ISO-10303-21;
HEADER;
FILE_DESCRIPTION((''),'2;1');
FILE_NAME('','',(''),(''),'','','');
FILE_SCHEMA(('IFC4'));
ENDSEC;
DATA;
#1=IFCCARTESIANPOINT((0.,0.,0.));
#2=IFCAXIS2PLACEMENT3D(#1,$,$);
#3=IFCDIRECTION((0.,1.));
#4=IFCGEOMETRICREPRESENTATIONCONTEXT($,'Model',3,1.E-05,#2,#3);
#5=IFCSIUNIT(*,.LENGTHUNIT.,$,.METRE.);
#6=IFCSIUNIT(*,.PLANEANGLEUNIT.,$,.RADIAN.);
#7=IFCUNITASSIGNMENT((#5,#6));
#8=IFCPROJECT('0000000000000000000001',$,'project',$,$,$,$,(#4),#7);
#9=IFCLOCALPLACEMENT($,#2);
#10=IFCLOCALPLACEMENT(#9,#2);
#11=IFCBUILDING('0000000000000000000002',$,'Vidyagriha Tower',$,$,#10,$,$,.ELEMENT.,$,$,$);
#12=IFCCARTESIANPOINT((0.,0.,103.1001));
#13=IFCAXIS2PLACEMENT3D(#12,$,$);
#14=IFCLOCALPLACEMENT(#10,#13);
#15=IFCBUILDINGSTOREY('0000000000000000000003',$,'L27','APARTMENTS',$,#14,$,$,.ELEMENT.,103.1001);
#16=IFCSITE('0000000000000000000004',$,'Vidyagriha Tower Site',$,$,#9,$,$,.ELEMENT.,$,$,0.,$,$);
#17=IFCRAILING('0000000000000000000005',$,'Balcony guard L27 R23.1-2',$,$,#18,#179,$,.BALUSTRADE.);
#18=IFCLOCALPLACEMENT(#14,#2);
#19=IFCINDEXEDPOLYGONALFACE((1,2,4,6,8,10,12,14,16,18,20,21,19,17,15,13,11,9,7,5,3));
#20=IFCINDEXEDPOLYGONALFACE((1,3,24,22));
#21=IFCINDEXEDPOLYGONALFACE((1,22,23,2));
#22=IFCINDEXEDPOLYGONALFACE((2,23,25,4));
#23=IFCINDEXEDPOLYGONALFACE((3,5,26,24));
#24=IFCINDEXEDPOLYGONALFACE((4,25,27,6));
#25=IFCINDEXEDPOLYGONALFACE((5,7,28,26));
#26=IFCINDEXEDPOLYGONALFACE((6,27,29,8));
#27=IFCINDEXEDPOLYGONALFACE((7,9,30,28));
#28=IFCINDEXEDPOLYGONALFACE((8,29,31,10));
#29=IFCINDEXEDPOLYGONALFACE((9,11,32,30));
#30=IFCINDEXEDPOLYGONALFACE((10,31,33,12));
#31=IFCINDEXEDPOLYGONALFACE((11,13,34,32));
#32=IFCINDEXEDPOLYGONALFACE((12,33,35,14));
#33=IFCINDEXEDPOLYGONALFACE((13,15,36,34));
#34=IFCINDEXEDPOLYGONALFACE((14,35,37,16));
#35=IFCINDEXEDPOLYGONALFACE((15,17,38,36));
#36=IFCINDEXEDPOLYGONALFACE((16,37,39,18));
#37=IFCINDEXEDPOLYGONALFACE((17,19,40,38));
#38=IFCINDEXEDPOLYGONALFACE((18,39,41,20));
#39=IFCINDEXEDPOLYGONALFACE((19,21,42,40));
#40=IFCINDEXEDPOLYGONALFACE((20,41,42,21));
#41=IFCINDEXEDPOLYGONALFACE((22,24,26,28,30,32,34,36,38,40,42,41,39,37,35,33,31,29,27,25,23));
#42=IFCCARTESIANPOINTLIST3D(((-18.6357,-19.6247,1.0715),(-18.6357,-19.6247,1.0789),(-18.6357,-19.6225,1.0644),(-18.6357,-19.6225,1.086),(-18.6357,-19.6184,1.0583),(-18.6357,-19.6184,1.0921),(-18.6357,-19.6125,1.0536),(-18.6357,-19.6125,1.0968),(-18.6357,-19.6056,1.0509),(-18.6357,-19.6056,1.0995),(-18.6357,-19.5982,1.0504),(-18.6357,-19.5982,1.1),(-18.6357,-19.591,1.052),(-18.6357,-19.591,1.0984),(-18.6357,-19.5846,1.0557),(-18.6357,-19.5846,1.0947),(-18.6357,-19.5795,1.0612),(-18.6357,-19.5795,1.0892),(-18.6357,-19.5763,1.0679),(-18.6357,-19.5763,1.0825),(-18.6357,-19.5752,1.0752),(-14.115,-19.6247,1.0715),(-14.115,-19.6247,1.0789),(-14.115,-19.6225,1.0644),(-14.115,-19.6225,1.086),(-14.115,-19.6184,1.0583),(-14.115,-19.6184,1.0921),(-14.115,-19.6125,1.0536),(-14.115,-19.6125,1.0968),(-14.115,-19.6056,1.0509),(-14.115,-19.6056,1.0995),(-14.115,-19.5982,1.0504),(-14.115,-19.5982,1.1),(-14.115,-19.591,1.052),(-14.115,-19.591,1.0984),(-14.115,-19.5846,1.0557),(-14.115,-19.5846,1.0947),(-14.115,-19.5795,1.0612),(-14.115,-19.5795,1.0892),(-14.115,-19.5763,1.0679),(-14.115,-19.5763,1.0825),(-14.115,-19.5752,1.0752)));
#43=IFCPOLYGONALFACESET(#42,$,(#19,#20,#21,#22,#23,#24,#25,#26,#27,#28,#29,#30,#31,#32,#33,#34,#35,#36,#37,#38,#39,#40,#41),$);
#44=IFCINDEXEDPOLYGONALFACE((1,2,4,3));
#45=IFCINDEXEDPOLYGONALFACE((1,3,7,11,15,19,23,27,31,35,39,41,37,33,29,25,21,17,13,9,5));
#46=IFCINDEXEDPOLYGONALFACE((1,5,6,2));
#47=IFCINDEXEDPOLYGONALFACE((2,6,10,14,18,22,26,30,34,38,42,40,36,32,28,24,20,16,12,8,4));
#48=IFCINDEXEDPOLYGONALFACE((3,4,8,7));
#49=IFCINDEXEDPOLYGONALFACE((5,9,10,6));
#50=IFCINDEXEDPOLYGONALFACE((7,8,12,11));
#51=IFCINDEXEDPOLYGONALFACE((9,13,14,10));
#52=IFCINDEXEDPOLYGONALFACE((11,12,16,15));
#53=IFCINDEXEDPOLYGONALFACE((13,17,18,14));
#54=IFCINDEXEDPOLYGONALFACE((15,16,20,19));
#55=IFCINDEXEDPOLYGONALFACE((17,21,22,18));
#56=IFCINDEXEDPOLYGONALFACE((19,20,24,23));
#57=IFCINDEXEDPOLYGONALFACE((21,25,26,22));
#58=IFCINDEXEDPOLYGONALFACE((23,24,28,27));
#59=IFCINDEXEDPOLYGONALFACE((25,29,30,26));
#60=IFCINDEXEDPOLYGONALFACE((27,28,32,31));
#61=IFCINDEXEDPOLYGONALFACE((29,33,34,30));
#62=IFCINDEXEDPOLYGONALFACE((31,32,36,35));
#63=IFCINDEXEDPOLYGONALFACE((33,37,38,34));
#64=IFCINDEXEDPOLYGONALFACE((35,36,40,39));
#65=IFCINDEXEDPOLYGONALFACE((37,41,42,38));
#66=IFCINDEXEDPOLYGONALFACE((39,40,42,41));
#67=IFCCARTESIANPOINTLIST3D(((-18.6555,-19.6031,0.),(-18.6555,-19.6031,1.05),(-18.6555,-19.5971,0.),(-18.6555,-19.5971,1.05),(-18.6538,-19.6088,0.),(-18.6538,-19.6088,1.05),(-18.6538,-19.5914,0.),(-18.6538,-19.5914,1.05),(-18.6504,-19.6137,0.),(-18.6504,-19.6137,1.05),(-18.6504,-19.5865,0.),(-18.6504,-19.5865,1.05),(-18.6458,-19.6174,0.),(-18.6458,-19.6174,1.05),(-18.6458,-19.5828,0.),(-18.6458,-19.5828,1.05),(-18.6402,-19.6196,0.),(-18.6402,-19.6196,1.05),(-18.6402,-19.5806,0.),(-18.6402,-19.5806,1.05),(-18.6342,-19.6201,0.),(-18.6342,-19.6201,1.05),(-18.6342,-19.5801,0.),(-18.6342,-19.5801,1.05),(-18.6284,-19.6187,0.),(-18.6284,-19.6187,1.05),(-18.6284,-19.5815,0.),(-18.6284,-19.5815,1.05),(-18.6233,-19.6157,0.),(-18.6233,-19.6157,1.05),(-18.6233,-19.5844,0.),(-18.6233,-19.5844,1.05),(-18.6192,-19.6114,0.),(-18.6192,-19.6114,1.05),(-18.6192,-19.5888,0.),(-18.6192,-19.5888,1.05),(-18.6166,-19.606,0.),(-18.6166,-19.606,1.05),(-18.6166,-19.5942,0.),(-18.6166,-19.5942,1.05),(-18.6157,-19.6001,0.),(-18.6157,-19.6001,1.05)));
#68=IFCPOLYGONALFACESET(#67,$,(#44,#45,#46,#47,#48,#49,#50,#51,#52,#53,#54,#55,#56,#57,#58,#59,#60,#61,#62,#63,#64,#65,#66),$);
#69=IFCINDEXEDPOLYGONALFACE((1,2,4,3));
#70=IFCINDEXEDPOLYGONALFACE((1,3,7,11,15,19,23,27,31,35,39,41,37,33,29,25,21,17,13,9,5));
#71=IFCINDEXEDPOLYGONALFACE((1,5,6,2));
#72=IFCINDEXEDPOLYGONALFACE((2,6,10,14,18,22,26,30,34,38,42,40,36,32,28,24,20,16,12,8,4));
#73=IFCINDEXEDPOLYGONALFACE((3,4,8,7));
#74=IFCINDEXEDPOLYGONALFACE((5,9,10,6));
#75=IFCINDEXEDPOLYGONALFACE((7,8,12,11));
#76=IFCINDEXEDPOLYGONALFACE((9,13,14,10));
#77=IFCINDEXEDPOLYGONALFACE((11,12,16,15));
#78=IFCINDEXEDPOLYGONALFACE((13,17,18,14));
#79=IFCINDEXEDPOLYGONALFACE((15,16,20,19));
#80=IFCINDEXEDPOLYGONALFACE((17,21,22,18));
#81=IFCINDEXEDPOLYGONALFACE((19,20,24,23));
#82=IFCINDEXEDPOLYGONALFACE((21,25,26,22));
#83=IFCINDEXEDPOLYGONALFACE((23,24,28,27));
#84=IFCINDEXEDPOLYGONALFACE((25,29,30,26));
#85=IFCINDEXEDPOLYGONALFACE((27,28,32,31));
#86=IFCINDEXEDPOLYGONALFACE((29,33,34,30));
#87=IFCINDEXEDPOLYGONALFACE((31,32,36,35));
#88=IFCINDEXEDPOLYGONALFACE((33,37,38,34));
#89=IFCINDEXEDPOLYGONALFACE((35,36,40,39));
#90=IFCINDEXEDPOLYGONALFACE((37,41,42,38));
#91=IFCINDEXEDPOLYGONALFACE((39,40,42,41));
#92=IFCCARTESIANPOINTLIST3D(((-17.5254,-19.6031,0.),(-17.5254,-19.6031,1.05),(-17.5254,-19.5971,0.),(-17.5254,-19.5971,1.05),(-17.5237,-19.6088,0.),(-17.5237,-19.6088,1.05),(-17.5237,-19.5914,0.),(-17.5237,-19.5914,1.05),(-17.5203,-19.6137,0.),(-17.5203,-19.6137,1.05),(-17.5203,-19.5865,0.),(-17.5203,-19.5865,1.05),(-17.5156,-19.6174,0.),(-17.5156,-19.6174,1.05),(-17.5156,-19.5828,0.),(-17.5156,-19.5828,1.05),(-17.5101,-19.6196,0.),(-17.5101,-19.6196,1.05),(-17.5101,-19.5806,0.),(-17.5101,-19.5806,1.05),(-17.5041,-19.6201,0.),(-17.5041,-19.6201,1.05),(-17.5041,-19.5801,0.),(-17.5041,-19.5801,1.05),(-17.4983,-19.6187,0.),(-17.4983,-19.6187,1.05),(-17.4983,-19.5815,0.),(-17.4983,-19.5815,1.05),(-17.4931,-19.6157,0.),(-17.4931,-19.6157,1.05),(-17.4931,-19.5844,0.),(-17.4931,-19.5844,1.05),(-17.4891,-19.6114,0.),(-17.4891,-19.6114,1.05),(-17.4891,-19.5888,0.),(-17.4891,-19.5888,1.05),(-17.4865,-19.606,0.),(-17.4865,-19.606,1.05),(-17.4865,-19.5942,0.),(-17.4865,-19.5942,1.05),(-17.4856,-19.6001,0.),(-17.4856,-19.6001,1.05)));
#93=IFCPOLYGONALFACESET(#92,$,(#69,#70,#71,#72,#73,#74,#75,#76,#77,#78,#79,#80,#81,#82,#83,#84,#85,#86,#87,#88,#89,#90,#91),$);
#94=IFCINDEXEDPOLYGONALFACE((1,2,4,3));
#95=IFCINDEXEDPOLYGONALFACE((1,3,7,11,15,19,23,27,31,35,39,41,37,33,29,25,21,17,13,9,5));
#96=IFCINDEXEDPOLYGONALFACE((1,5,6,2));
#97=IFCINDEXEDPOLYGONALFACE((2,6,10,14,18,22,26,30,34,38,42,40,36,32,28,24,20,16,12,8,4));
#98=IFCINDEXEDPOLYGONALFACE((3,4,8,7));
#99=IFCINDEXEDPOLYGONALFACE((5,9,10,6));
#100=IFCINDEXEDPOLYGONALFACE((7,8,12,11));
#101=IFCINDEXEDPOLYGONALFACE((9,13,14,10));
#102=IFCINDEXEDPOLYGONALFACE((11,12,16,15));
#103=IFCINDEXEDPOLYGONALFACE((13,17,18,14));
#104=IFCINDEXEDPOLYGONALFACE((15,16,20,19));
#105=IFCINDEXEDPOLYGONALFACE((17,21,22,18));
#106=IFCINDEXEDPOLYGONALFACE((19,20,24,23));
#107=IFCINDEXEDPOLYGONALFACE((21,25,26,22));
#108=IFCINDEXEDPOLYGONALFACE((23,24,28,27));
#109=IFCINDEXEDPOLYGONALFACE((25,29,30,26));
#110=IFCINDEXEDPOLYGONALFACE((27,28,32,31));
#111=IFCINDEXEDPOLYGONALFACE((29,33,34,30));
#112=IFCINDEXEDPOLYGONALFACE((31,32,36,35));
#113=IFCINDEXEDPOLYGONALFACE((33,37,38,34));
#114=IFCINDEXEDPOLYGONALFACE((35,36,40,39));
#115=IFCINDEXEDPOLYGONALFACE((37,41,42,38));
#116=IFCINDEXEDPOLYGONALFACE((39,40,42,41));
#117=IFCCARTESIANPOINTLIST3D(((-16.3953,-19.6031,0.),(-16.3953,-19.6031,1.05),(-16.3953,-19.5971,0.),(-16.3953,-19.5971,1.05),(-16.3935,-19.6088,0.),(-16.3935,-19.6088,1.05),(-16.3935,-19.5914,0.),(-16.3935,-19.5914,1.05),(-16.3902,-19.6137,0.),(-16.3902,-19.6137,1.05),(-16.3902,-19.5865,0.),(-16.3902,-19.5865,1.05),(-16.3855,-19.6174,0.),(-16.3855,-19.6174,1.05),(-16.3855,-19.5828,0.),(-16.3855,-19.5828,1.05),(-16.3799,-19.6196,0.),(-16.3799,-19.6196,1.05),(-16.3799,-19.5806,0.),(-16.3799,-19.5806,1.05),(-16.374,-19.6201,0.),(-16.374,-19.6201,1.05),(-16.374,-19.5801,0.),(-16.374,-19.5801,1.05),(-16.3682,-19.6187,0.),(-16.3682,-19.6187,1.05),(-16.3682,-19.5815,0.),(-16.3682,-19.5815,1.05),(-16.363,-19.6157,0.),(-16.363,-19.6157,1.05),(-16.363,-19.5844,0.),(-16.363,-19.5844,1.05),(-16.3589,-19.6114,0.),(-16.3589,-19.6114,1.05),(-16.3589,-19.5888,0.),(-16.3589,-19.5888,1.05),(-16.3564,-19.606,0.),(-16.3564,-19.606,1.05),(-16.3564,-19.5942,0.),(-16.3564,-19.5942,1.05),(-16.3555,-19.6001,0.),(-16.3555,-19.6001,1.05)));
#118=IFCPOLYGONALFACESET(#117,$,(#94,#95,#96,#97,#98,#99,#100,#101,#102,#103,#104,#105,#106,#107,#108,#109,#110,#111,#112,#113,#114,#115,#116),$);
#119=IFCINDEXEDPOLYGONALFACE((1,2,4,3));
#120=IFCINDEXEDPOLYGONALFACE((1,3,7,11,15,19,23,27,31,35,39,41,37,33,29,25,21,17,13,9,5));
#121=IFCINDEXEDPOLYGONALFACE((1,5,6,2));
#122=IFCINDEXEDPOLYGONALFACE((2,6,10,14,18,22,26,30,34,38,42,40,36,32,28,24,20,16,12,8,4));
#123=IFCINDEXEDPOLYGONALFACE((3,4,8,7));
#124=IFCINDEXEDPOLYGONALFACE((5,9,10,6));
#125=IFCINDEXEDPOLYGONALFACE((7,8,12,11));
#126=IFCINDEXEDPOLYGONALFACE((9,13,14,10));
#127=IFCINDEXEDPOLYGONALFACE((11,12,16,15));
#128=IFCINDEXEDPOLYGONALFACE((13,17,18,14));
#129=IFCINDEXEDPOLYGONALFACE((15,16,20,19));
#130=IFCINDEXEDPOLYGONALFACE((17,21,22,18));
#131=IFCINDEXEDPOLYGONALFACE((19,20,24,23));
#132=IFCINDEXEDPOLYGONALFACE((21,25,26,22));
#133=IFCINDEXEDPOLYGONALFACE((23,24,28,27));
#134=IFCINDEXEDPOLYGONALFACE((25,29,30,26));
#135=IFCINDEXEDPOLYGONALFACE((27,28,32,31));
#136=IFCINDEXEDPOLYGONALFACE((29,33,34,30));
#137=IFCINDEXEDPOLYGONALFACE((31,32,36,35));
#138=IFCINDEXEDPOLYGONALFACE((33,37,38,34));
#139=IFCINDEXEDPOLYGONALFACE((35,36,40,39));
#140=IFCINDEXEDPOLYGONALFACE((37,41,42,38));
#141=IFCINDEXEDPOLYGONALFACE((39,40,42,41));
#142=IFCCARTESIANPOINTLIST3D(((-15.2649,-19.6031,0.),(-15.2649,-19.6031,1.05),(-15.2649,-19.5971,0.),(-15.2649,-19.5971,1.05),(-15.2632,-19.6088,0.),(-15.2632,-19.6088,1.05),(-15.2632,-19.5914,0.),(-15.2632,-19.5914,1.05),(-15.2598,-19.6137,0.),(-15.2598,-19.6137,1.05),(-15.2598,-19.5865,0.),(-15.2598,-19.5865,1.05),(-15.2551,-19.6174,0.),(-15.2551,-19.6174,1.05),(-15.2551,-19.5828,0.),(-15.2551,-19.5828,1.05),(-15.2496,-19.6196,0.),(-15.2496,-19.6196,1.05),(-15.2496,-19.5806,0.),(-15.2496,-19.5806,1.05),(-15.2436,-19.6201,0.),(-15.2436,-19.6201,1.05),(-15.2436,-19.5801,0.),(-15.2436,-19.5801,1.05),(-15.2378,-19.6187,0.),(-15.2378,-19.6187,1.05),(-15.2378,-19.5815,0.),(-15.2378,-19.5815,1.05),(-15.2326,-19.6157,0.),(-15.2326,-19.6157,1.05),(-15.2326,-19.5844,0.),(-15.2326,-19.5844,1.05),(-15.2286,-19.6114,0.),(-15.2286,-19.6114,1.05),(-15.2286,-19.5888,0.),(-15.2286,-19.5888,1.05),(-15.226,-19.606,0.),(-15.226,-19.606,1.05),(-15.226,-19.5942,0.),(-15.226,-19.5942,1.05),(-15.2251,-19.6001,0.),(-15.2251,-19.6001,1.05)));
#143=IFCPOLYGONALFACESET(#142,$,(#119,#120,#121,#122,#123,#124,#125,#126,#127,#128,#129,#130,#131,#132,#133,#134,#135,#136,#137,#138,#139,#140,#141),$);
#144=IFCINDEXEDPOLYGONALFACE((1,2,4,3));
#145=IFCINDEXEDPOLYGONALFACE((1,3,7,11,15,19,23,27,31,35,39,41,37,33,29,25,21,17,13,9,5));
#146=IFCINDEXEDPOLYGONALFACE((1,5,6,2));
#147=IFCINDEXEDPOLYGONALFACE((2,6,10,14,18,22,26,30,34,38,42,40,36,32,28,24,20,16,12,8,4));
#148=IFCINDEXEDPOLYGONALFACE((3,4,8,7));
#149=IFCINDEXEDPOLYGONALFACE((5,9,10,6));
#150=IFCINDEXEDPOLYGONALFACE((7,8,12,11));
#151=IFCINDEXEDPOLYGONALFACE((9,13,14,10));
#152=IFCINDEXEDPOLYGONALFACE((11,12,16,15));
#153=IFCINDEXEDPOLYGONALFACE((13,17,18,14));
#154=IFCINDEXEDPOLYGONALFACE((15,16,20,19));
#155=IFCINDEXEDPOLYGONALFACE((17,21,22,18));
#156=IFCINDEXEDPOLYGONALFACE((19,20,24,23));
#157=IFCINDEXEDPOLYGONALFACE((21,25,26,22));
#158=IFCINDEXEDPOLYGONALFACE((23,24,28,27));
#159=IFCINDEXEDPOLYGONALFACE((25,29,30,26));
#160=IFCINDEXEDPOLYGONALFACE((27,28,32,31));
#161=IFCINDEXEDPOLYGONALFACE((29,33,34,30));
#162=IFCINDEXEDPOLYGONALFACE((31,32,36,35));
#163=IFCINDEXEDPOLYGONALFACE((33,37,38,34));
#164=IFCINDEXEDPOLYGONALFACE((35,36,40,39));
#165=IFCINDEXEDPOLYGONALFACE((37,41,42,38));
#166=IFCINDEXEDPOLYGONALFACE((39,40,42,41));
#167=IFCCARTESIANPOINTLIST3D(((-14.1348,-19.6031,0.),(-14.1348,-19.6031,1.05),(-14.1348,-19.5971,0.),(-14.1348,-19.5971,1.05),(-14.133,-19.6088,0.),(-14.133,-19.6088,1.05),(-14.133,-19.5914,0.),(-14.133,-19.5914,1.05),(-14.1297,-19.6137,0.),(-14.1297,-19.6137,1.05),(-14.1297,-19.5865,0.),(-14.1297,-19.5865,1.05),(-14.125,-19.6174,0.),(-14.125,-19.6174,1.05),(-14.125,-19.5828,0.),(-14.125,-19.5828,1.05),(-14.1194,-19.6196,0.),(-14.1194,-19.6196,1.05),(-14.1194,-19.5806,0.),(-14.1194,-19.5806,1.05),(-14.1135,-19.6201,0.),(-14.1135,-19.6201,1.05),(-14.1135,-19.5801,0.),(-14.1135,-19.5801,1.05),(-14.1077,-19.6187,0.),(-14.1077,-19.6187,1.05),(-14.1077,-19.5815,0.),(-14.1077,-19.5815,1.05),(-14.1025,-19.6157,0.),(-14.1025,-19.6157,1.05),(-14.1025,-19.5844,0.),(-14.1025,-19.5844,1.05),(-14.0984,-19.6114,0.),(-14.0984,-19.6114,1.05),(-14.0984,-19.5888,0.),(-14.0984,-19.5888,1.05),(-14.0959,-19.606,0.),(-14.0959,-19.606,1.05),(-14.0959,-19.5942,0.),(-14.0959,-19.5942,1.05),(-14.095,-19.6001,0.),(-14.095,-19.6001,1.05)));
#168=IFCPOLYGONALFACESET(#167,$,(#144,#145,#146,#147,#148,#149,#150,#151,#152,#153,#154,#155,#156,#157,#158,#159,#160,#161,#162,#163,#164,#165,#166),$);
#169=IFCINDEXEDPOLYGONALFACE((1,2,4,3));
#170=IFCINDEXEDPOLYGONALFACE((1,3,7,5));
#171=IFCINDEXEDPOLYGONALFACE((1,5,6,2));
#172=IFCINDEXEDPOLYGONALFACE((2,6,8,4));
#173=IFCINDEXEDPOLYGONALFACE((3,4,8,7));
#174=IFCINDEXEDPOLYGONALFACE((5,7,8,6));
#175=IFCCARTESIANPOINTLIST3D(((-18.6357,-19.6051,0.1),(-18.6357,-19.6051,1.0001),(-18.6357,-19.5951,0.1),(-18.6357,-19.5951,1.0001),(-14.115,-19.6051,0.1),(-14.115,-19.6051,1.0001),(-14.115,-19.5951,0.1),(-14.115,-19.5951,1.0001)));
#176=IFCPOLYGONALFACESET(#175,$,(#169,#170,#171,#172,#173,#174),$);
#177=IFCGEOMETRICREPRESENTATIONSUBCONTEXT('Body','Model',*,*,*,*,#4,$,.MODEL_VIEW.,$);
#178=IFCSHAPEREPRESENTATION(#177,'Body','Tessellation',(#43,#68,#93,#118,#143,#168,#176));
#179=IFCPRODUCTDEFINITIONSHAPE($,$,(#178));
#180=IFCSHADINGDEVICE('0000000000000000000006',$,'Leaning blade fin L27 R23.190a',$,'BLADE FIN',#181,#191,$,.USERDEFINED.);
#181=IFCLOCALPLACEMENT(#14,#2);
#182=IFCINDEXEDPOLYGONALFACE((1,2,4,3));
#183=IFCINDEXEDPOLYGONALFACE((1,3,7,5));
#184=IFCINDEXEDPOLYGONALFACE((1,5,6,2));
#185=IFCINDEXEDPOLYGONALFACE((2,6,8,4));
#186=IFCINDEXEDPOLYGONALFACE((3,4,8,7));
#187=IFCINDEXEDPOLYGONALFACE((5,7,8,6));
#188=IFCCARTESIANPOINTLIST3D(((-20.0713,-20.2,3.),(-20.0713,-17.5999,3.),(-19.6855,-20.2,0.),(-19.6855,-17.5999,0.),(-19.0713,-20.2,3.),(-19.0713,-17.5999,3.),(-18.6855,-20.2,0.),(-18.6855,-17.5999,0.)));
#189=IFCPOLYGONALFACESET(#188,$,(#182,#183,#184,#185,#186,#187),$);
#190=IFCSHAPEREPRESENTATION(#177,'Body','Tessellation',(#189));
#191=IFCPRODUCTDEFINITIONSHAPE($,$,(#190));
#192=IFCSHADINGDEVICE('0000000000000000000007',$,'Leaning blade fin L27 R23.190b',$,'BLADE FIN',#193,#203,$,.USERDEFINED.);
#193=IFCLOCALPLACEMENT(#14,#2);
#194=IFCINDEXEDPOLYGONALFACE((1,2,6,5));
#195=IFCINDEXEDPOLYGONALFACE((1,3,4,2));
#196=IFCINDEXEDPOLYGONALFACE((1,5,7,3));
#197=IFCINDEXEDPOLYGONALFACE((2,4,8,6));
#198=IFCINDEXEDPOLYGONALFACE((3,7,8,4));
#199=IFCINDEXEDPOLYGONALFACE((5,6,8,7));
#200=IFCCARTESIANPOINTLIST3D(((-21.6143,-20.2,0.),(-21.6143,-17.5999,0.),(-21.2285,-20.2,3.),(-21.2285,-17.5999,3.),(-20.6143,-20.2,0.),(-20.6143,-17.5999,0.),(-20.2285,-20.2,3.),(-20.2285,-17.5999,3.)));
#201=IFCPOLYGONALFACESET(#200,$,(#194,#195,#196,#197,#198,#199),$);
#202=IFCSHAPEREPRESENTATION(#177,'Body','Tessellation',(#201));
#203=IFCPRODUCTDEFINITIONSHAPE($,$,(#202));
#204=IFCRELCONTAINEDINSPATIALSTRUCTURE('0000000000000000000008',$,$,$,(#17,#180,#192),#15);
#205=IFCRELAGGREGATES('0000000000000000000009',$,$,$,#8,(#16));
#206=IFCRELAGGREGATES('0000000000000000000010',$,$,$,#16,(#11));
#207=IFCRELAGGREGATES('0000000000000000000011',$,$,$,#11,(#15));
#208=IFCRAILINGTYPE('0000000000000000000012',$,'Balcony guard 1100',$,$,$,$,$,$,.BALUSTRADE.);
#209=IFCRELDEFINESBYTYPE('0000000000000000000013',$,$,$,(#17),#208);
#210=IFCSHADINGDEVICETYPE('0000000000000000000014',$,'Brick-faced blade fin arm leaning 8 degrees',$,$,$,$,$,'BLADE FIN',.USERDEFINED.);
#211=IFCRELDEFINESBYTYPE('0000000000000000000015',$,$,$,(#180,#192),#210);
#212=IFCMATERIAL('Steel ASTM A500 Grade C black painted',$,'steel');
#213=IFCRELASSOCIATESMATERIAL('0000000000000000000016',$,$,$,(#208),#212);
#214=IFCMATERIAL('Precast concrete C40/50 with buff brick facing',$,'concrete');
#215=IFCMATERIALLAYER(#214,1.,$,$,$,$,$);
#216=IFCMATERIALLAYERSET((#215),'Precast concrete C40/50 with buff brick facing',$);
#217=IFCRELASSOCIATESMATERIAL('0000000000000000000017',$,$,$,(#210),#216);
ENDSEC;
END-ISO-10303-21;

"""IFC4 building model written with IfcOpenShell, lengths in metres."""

from ifc_helpers import new_model, si_unit, direction, frame, origin, origin_2d, place, context, subcontext, project, spatial, polyline, rectangle, circle, outline, extrude, material, layer, layer_set, type_object, element, save


model = new_model("IFC4")

# Units and contexts
model_context = context("Model", 3, precision=1e-05, world=origin(), true_north=direction((0.0, 1.0)))
body_context = subcontext(model_context, "Body", "Model", "MODEL_VIEW")
ifc_project = project(units=[si_unit("LENGTHUNIT", "METRE"), si_unit("PLANEANGLEUNIT", "RADIAN")], contexts=[model_context])

# Site, building, storey
site_placement = place(None, origin())
site = spatial("IfcSite", under=ifc_project, at=site_placement, Name="Vidyagriha Tower Site", CompositionType="ELEMENT", RefElevation=0.0)
building_placement = place(site_placement, origin())
building = spatial("IfcBuilding", under=site, at=building_placement, Name="Vidyagriha Tower", CompositionType="ELEMENT")
storey_placement = place(building_placement, frame((0.0, 0.0, 103.1001)))
storey = spatial("IfcBuildingStorey", under=building, at=storey_placement, Name="L27", Description="APARTMENTS", CompositionType="ELEMENT", Elevation=103.1001)

# Railing
ifc_material_1 = material(Name="Steel ASTM A500 Grade C black painted", Category="steel")
railing_type_1 = type_object("IfcRailingType", Name="Balcony guard 1100", PredefinedType="BALUSTRADE", material=ifc_material_1)
railing_1_placement = place(storey_placement, frame((-18.6357, -19.6001, 0.0)))
element("IfcRailing", 1, at=railing_1_placement, inside=storey, type_object=railing_type_1, Name="Balcony guard L27 R23.1-2", PredefinedType="BALUSTRADE", context=body_context, shape_type="SweptSolid", body=[
    extrude(circle(Radius=0.0249, at=origin_2d()), frame((0.0, 0.0, 1.0752), z_axis=(1.0, 0.0, 0.0), x_axis=(0.0, 1.0, 0.0)), (0.0, 0.0, 1.0), 4.5208),
    extrude(circle(Radius=0.02, at=origin_2d()), origin(), (0.0, 0.0, 1.0), 1.05),
    extrude(circle(Radius=0.02, at=origin_2d()), frame((1.1301, 0.0, 0.0)), (0.0, 0.0, 1.0), 1.05),
    extrude(circle(Radius=0.02, at=origin_2d()), frame((2.2603, 0.0, 0.0)), (0.0, 0.0, 1.0), 1.05),
    extrude(circle(Radius=0.02, at=origin_2d()), frame((3.3906, 0.0, 0.0)), (0.0, 0.0, 1.0), 1.05),
    extrude(circle(Radius=0.02, at=origin_2d()), frame((4.5208, 0.0, 0.0)), (0.0, 0.0, 1.0), 1.05),
    extrude(rectangle(XDim=0.01, YDim=0.9001, at=origin_2d()), frame((0.0, 0.0, 0.55), z_axis=(1.0, 0.0, 0.0), x_axis=(0.0, 1.0, 0.0)), (0.0, 0.0, 1.0), 4.5208),
])

# Shading devices
ifc_material_2 = material(Name="Precast concrete C40/50 with buff brick facing", Category="concrete")
ifc_layer_1 = layer(ifc_material_2, 1.0)
ifc_layer_set_1 = layer_set([ifc_layer_1], Name="Precast concrete C40/50 with buff brick facing")
shading_device_type = type_object("IfcShadingDeviceType", Name="Brick-faced blade fin arm leaning 8 degrees", ElementType="BLADE FIN", PredefinedType="USERDEFINED", material=ifc_layer_set_1)
shading_device_1_placement = place(storey_placement, frame((-20.0713, -18.8999, 0.0)))
element("IfcShadingDevice", 2, at=shading_device_1_placement, inside=storey, type_object=shading_device_type, Name="Leaning blade fin L27 R23.190a", ObjectType="BLADE FIN", PredefinedType="USERDEFINED", context=body_context, shape_type="SweptSolid", body=[
    extrude(outline(polyline([(0.3857, 0.0), (1.3857, 0.0), (1.0, 3.0), (0.0, 3.0), (0.3857, 0.0)])), frame((0.0, 1.3, 0.0), z_axis=(0.0, -1.0, 0.0), x_axis=(1.0, 0.0, 0.0)), (0.0, 0.0, 1.0), 2.6001),
])
shading_device_2_placement = place(storey_placement, frame((-21.6143, -18.8999, 0.0)))
element("IfcShadingDevice", 3, at=shading_device_2_placement, inside=storey, type_object=shading_device_type, Name="Leaning blade fin L27 R23.190b", ObjectType="BLADE FIN", PredefinedType="USERDEFINED", context=body_context, shape_type="SweptSolid", body=[
    extrude(outline(polyline([(0.0, 0.0), (1.0, 0.0), (1.3857, 3.0), (0.3857, 3.0), (0.0, 0.0)])), frame((0.0, 1.3, 0.0), z_axis=(0.0, -1.0, 0.0), x_axis=(1.0, 0.0, 0.0)), (0.0, 0.0, 1.0), 2.6001),
])

save(model, "model.ifc")
